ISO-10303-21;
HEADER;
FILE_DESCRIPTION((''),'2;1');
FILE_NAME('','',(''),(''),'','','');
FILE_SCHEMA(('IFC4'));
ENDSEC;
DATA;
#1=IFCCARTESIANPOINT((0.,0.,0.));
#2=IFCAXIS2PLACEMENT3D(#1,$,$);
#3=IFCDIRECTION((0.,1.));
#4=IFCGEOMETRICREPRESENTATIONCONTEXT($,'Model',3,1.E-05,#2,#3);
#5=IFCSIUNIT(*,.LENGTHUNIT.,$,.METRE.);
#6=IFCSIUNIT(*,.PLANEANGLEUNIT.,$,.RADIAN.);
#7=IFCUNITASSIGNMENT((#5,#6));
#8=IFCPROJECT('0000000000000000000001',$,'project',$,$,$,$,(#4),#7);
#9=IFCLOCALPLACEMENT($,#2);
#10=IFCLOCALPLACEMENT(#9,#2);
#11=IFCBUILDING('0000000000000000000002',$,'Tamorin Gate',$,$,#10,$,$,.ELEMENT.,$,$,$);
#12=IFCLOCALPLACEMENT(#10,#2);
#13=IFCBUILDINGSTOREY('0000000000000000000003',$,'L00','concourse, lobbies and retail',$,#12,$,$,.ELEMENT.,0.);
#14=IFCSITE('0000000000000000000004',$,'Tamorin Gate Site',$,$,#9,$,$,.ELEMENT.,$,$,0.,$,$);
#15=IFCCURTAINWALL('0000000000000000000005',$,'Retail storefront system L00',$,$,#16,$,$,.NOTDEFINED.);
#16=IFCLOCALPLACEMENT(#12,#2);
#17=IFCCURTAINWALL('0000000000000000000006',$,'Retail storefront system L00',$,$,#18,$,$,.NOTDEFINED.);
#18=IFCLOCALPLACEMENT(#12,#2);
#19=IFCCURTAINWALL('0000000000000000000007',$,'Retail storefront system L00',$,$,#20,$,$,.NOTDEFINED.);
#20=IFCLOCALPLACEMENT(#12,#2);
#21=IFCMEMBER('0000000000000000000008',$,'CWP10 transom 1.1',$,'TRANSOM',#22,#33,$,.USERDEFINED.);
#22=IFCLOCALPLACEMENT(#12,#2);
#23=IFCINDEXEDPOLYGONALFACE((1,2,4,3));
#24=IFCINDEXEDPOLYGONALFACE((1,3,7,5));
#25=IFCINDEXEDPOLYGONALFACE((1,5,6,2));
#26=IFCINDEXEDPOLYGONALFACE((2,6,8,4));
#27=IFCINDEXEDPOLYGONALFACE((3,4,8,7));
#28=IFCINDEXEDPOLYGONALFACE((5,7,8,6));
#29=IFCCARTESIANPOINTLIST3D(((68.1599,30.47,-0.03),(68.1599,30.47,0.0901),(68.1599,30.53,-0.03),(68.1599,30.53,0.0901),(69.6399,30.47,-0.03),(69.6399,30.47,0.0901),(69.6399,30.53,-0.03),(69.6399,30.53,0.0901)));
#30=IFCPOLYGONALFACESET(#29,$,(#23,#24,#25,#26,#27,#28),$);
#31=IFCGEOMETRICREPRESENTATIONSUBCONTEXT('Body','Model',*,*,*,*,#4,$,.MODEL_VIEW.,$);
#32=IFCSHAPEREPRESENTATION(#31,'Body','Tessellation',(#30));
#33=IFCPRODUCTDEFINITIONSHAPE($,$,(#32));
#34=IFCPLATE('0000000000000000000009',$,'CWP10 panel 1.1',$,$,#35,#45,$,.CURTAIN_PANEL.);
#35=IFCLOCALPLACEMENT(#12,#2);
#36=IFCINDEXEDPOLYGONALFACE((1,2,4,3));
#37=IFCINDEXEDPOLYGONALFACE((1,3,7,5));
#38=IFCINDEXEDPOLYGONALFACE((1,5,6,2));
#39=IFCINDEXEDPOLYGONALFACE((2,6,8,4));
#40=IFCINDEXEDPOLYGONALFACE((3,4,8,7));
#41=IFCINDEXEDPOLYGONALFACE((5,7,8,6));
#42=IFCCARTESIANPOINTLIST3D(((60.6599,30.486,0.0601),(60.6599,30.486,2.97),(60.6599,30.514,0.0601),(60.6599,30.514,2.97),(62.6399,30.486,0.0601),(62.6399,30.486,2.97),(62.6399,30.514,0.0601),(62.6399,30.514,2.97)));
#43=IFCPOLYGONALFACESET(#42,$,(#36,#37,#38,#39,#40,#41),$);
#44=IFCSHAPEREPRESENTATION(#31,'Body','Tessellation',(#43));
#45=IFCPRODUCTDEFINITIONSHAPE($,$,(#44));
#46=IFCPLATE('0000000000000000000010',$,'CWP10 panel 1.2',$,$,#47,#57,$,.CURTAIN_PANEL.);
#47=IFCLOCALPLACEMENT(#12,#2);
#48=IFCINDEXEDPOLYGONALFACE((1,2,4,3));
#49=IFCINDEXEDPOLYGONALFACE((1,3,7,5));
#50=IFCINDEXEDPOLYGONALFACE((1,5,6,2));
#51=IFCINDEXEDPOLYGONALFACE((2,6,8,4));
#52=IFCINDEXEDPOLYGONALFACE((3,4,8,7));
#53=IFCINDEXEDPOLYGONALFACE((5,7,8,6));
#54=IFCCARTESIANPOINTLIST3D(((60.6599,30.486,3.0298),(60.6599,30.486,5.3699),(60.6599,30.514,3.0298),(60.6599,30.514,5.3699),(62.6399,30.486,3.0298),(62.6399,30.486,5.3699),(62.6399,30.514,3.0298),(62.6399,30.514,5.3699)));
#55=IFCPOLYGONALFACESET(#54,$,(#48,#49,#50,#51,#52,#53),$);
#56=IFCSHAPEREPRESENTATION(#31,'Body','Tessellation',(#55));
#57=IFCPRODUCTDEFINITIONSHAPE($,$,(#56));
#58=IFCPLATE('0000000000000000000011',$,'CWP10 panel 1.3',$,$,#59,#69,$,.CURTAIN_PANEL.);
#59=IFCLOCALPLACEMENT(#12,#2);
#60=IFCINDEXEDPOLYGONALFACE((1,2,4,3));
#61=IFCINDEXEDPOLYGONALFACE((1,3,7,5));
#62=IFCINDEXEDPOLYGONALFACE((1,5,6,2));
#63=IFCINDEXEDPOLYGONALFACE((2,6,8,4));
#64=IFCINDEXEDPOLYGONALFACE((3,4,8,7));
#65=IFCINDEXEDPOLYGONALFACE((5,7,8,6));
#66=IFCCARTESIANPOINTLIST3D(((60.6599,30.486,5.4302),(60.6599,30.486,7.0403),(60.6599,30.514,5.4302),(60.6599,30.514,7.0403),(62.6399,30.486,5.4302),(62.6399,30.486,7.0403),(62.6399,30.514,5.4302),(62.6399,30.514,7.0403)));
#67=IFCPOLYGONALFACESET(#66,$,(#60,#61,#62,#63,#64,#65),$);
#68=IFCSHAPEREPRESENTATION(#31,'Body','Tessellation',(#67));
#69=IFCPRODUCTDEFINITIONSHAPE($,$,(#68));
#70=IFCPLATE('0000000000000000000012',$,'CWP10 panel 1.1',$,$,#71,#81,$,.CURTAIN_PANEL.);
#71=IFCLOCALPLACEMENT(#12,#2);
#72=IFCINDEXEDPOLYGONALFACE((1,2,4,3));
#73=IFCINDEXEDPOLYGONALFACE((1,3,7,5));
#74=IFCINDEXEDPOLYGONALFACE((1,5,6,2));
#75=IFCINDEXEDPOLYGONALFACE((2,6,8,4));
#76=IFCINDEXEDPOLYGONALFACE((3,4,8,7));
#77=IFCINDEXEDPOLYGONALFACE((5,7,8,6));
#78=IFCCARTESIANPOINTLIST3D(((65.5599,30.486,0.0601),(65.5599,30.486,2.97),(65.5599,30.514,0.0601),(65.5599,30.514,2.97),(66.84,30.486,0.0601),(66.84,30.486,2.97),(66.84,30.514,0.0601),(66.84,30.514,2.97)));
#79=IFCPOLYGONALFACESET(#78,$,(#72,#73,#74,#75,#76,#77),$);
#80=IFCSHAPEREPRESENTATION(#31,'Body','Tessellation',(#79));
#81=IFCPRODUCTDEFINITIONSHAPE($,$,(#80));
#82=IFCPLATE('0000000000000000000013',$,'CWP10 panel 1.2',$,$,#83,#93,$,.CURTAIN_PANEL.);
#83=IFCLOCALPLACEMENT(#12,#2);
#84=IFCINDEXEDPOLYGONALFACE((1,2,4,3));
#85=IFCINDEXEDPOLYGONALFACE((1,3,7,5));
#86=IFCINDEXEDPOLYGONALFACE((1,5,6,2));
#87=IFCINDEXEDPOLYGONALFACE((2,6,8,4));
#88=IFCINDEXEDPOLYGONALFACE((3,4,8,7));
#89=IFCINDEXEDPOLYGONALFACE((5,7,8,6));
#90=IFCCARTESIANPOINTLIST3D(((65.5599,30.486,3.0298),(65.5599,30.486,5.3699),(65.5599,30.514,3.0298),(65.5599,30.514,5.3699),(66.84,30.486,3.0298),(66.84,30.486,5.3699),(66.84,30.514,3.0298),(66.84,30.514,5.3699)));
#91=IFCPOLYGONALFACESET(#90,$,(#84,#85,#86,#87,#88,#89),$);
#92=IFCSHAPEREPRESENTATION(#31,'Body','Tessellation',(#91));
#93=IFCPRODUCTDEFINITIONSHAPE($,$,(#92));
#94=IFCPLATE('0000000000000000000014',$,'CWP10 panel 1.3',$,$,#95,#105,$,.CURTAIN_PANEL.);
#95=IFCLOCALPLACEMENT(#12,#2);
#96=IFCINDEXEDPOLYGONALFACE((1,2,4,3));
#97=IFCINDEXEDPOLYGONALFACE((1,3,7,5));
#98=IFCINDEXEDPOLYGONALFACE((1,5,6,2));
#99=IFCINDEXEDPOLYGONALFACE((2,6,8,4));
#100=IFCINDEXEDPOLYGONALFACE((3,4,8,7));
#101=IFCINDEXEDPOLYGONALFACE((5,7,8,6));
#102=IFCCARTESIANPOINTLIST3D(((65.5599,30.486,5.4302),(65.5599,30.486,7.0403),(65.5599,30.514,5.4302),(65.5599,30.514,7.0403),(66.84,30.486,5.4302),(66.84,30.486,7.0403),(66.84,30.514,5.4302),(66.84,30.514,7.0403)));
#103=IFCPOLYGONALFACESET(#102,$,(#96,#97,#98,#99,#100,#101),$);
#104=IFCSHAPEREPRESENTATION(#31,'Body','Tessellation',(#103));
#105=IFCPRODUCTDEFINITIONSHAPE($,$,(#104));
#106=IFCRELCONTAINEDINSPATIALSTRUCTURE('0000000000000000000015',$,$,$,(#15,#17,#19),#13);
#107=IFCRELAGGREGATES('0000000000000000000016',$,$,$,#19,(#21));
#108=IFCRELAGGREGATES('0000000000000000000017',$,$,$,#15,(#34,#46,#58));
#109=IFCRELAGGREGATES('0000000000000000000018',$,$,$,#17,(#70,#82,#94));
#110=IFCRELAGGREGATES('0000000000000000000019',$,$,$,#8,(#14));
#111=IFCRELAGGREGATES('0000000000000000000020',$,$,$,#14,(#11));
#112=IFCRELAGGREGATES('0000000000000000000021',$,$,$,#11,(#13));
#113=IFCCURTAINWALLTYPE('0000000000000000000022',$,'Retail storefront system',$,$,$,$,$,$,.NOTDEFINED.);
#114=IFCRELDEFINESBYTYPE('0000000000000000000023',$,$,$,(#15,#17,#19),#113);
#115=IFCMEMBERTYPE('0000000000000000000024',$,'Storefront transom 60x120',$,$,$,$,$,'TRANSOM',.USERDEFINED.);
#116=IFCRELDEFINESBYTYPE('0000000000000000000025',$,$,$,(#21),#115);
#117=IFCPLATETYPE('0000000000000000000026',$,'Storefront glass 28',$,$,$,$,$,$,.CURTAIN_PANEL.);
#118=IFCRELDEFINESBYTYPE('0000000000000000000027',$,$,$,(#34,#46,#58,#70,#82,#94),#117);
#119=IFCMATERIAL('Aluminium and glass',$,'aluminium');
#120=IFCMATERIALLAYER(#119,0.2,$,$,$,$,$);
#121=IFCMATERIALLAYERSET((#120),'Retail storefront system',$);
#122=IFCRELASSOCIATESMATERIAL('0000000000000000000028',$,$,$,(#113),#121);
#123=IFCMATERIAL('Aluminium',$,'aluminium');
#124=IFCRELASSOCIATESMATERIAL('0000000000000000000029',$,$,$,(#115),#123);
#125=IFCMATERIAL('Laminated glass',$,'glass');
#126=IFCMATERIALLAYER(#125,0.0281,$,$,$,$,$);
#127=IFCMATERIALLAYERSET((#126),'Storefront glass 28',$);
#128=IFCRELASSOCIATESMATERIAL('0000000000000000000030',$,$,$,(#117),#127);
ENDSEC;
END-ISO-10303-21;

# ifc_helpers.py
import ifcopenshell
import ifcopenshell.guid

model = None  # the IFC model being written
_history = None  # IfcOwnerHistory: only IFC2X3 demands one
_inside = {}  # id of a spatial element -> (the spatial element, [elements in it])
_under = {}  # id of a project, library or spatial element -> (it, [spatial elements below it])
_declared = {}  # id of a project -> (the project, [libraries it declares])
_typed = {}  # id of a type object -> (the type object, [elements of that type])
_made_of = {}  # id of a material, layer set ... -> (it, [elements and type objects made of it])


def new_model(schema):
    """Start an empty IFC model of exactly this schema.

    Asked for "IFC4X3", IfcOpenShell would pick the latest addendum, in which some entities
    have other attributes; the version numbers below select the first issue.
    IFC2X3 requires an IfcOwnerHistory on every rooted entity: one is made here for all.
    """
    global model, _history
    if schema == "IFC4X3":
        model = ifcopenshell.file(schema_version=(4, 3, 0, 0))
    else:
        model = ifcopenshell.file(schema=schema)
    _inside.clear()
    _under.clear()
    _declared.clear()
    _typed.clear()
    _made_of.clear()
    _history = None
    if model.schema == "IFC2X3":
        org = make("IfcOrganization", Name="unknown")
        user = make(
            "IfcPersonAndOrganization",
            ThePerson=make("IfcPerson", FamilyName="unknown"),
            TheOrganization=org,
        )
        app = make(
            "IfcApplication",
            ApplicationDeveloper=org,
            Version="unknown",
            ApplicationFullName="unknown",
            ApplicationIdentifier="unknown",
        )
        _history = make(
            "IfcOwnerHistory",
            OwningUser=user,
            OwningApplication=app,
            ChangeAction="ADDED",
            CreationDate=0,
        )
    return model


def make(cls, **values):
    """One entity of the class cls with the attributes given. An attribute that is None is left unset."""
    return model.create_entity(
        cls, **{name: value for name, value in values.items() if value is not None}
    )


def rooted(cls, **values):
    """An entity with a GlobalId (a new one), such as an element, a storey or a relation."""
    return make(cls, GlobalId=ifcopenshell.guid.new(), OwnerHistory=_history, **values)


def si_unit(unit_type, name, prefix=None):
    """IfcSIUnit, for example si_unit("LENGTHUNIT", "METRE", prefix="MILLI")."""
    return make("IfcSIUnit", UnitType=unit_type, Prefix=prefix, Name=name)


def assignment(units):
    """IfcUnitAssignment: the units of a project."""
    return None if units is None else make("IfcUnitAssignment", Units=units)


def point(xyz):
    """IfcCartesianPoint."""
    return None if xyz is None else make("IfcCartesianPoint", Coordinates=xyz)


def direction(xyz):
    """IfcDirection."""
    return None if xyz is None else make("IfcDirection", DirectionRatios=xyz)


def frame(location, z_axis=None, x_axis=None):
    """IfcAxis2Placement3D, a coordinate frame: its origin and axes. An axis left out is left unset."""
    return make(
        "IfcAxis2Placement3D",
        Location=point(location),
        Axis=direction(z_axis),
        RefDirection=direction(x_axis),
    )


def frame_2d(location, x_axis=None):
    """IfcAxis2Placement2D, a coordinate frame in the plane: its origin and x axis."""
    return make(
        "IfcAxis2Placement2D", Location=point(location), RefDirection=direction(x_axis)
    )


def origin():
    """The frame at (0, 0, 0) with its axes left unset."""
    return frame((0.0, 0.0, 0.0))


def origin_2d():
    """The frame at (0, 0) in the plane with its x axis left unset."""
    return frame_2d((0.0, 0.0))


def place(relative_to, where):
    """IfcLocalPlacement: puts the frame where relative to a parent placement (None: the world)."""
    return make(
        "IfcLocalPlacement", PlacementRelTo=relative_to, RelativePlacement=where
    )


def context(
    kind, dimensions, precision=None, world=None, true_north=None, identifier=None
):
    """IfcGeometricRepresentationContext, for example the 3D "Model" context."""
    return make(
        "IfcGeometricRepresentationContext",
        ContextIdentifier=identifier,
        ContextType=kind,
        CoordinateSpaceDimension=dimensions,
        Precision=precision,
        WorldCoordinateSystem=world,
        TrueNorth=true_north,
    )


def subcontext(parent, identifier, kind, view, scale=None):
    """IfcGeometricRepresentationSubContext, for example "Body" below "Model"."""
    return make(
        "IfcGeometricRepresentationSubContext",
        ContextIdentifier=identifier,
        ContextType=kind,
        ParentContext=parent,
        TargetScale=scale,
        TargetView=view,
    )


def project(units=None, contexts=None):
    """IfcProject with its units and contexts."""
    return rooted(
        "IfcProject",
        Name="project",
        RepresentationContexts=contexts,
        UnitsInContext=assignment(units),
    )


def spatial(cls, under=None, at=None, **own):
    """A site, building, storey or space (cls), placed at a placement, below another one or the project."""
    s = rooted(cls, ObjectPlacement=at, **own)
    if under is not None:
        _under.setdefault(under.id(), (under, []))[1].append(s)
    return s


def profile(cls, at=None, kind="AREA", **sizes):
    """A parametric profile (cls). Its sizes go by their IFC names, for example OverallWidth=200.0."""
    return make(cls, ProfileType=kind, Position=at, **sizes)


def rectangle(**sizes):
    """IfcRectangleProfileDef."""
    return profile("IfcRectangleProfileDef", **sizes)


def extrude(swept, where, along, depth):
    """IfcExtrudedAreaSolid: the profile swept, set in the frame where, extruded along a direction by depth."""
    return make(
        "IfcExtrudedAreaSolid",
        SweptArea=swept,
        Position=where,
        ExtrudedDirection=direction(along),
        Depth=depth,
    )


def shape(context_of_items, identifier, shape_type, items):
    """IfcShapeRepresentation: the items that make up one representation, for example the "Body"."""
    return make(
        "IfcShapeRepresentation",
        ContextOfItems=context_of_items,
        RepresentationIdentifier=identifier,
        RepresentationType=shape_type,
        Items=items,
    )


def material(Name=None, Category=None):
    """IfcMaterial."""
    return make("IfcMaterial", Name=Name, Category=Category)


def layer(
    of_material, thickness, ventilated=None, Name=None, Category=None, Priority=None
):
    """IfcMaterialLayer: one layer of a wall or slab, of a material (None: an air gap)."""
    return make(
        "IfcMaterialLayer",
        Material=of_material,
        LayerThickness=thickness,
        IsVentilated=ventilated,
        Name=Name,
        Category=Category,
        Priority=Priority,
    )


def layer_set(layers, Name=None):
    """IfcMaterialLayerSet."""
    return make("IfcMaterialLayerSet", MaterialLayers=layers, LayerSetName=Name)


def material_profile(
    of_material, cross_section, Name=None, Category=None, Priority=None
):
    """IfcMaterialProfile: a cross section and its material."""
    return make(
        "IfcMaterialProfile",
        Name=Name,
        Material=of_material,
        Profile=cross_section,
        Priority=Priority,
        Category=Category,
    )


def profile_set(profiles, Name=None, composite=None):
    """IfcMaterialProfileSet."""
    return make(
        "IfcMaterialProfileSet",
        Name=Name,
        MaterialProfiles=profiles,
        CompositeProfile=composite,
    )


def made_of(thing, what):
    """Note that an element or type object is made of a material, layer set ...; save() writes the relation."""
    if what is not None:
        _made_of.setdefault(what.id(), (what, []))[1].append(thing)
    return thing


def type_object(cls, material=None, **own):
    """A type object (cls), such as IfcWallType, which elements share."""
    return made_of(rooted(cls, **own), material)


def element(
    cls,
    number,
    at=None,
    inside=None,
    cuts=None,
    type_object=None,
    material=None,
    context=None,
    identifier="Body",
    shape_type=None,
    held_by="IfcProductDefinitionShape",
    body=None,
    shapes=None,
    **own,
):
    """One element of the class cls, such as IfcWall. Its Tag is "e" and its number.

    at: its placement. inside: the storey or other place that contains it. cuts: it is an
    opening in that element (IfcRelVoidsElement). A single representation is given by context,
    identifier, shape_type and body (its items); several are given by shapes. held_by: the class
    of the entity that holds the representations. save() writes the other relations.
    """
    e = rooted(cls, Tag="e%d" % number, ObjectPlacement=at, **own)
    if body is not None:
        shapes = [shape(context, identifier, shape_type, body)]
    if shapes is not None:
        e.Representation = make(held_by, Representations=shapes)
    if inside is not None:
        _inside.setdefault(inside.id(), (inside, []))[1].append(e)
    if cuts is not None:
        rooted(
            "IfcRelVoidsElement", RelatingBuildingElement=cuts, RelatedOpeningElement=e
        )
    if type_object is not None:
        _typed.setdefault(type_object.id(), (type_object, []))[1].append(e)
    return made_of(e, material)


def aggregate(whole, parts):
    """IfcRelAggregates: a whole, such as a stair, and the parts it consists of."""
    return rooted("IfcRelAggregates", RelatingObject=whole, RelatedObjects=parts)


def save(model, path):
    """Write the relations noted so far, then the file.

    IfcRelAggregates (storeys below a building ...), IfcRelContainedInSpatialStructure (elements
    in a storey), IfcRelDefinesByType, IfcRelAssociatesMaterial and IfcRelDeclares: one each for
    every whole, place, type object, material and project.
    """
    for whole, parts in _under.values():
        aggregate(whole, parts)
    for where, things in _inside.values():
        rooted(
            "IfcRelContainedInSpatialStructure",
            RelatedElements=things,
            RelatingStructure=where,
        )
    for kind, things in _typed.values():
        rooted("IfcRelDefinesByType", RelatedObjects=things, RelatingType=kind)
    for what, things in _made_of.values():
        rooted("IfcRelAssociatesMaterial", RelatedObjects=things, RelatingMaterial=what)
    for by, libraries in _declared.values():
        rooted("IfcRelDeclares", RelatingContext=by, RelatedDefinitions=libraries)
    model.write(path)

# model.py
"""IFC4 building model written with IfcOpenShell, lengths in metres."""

from ifc_helpers import new_model, si_unit, direction, frame, origin, origin_2d, place, context, subcontext, project, spatial, rectangle, extrude, material, layer, layer_set, material_profile, profile_set, type_object, element, aggregate, save


model = new_model("IFC4")

# Units and contexts
model_context = context("Model", 3, precision=1e-05, world=origin(), true_north=direction((0.0, 1.0)))
body_context = subcontext(model_context, "Body", "Model", "MODEL_VIEW")
ifc_project = project(units=[si_unit("LENGTHUNIT", "METRE"), si_unit("PLANEANGLEUNIT", "RADIAN")], contexts=[model_context])

# Site, building, storey
site_placement = place(None, origin())
site = spatial("IfcSite", under=ifc_project, at=site_placement, Name="Tamorin Gate Site", CompositionType="ELEMENT", RefElevation=0.0)
building_placement = place(site_placement, origin())
building = spatial("IfcBuilding", under=site, at=building_placement, Name="Tamorin Gate", CompositionType="ELEMENT")
storey_placement = place(building_placement, origin())
storey = spatial("IfcBuildingStorey", under=building, at=storey_placement, Name="L00", Description="concourse, lobbies and retail", CompositionType="ELEMENT", Elevation=0.0)

# Curtain wall
ifc_material_1 = material(Name="Aluminium and glass", Category="aluminium")
ifc_layer_1 = layer(ifc_material_1, 0.2)
ifc_layer_set_1 = layer_set([ifc_layer_1], Name="Retail storefront system")
curtain_wall_type = type_object("IfcCurtainWallType", Name="Retail storefront system", PredefinedType="NOTDEFINED", material=ifc_layer_set_1)
curtain_wall_1_placement = place(storey_placement, origin())
curtain_wall_1 = element("IfcCurtainWall", 1, at=curtain_wall_1_placement, inside=storey, type_object=curtain_wall_type, Name="Retail storefront system L00", PredefinedType="NOTDEFINED")
ifc_material_2 = material(Name="Aluminium", Category="aluminium")

# Curtain wall
curtain_wall_2_placement = place(storey_placement, origin())
curtain_wall_2 = element("IfcCurtainWall", 2, at=curtain_wall_2_placement, inside=storey, type_object=curtain_wall_type, Name="Retail storefront system L00", PredefinedType="NOTDEFINED")

# Curtain wall
curtain_wall_3_placement = place(storey_placement, origin())
curtain_wall_3 = element("IfcCurtainWall", 3, at=curtain_wall_3_placement, inside=storey, type_object=curtain_wall_type, Name="Retail storefront system L00", PredefinedType="NOTDEFINED")

# Member
ifc_material_profile_1 = material_profile(ifc_material_2, rectangle(XDim=0.0601, YDim=0.1201, at=origin_2d()), Name="RECT 60x120")
ifc_profile_set_1 = profile_set([ifc_material_profile_1], Name="Aluminium")
member_type_1 = type_object("IfcMemberType", Name="Storefront transom 60x120", ElementType="TRANSOM", PredefinedType="USERDEFINED", material=ifc_profile_set_1)
member_1_placement = place(storey_placement, frame((68.1599, 30.5, 0.03), z_axis=(1.0, 0.0, 0.0), x_axis=(0.0, 1.0, 0.0)))
member_1 = element("IfcMember", 4, at=member_1_placement, type_object=member_type_1, Name="CWP10 transom 1.1", ObjectType="TRANSOM", PredefinedType="USERDEFINED", context=body_context, shape_type="SweptSolid", body=[
    extrude(rectangle(XDim=0.0601, YDim=0.1201, at=origin_2d()), origin(), (0.0, 0.0, 1.0), 1.48),
])
aggregate(curtain_wall_3, [member_1])

# Plates
ifc_material_3 = material(Name="Laminated glass", Category="glass")
ifc_layer_2 = layer(ifc_material_3, 0.0281)
ifc_layer_set_2 = layer_set([ifc_layer_2], Name="Storefront glass 28")
plate_type = type_object("IfcPlateType", Name="Storefront glass 28", PredefinedType="CURTAIN_PANEL", material=ifc_layer_set_2)
plate_1_placement = place(storey_placement, frame((61.6499, 30.5, 0.0601), z_axis=(0.0, 0.0, 1.0), x_axis=(1.0, 0.0, 0.0)))
plate_1 = element("IfcPlate", 5, at=plate_1_placement, type_object=plate_type, Name="CWP10 panel 1.1", PredefinedType="CURTAIN_PANEL", context=body_context, shape_type="SweptSolid", body=[
    extrude(rectangle(XDim=1.98, YDim=0.0281, at=origin_2d()), origin(), (0.0, 0.0, 1.0), 2.9099),
])
plate_2_placement = place(storey_placement, frame((61.6499, 30.5, 3.0298), z_axis=(0.0, 0.0, 1.0), x_axis=(1.0, 0.0, 0.0)))
plate_2 = element("IfcPlate", 6, at=plate_2_placement, type_object=plate_type, Name="CWP10 panel 1.2", PredefinedType="CURTAIN_PANEL", context=body_context, shape_type="SweptSolid", body=[
    extrude(rectangle(XDim=1.98, YDim=0.0281, at=origin_2d()), origin(), (0.0, 0.0, 1.0), 2.3401),
])
plate_3_placement = place(storey_placement, frame((61.6499, 30.5, 5.4302), z_axis=(0.0, 0.0, 1.0), x_axis=(1.0, 0.0, 0.0)))
plate_3 = element("IfcPlate", 7, at=plate_3_placement, type_object=plate_type, Name="CWP10 panel 1.3", PredefinedType="CURTAIN_PANEL", context=body_context, shape_type="SweptSolid", body=[
    extrude(rectangle(XDim=1.98, YDim=0.0281, at=origin_2d()), origin(), (0.0, 0.0, 1.0), 1.6101),
])
aggregate(curtain_wall_1, [plate_1, plate_2, plate_3])
plate_4_placement = place(storey_placement, frame((66.2, 30.5, 0.0601), z_axis=(0.0, 0.0, 1.0), x_axis=(1.0, 0.0, 0.0)))
plate_4 = element("IfcPlate", 8, at=plate_4_placement, type_object=plate_type, Name="CWP10 panel 1.1", PredefinedType="CURTAIN_PANEL", context=body_context, shape_type="SweptSolid", body=[
    extrude(rectangle(XDim=1.28, YDim=0.0281, at=origin_2d()), origin(), (0.0, 0.0, 1.0), 2.9099),
])
plate_5_placement = place(storey_placement, frame((66.2, 30.5, 3.0298), z_axis=(0.0, 0.0, 1.0), x_axis=(1.0, 0.0, 0.0)))
plate_5 = element("IfcPlate", 9, at=plate_5_placement, type_object=plate_type, Name="CWP10 panel 1.2", PredefinedType="CURTAIN_PANEL", context=body_context, shape_type="SweptSolid", body=[
    extrude(rectangle(XDim=1.28, YDim=0.0281, at=origin_2d()), origin(), (0.0, 0.0, 1.0), 2.3401),
])
plate_6_placement = place(storey_placement, frame((66.2, 30.5, 5.4302), z_axis=(0.0, 0.0, 1.0), x_axis=(1.0, 0.0, 0.0)))
plate_6 = element("IfcPlate", 10, at=plate_6_placement, type_object=plate_type, Name="CWP10 panel 1.3", PredefinedType="CURTAIN_PANEL", context=body_context, shape_type="SweptSolid", body=[
    extrude(rectangle(XDim=1.28, YDim=0.0281, at=origin_2d()), origin(), (0.0, 0.0, 1.0), 1.6101),
])
aggregate(curtain_wall_2, [plate_4, plate_5, plate_6])

save(model, "model.ifc")
